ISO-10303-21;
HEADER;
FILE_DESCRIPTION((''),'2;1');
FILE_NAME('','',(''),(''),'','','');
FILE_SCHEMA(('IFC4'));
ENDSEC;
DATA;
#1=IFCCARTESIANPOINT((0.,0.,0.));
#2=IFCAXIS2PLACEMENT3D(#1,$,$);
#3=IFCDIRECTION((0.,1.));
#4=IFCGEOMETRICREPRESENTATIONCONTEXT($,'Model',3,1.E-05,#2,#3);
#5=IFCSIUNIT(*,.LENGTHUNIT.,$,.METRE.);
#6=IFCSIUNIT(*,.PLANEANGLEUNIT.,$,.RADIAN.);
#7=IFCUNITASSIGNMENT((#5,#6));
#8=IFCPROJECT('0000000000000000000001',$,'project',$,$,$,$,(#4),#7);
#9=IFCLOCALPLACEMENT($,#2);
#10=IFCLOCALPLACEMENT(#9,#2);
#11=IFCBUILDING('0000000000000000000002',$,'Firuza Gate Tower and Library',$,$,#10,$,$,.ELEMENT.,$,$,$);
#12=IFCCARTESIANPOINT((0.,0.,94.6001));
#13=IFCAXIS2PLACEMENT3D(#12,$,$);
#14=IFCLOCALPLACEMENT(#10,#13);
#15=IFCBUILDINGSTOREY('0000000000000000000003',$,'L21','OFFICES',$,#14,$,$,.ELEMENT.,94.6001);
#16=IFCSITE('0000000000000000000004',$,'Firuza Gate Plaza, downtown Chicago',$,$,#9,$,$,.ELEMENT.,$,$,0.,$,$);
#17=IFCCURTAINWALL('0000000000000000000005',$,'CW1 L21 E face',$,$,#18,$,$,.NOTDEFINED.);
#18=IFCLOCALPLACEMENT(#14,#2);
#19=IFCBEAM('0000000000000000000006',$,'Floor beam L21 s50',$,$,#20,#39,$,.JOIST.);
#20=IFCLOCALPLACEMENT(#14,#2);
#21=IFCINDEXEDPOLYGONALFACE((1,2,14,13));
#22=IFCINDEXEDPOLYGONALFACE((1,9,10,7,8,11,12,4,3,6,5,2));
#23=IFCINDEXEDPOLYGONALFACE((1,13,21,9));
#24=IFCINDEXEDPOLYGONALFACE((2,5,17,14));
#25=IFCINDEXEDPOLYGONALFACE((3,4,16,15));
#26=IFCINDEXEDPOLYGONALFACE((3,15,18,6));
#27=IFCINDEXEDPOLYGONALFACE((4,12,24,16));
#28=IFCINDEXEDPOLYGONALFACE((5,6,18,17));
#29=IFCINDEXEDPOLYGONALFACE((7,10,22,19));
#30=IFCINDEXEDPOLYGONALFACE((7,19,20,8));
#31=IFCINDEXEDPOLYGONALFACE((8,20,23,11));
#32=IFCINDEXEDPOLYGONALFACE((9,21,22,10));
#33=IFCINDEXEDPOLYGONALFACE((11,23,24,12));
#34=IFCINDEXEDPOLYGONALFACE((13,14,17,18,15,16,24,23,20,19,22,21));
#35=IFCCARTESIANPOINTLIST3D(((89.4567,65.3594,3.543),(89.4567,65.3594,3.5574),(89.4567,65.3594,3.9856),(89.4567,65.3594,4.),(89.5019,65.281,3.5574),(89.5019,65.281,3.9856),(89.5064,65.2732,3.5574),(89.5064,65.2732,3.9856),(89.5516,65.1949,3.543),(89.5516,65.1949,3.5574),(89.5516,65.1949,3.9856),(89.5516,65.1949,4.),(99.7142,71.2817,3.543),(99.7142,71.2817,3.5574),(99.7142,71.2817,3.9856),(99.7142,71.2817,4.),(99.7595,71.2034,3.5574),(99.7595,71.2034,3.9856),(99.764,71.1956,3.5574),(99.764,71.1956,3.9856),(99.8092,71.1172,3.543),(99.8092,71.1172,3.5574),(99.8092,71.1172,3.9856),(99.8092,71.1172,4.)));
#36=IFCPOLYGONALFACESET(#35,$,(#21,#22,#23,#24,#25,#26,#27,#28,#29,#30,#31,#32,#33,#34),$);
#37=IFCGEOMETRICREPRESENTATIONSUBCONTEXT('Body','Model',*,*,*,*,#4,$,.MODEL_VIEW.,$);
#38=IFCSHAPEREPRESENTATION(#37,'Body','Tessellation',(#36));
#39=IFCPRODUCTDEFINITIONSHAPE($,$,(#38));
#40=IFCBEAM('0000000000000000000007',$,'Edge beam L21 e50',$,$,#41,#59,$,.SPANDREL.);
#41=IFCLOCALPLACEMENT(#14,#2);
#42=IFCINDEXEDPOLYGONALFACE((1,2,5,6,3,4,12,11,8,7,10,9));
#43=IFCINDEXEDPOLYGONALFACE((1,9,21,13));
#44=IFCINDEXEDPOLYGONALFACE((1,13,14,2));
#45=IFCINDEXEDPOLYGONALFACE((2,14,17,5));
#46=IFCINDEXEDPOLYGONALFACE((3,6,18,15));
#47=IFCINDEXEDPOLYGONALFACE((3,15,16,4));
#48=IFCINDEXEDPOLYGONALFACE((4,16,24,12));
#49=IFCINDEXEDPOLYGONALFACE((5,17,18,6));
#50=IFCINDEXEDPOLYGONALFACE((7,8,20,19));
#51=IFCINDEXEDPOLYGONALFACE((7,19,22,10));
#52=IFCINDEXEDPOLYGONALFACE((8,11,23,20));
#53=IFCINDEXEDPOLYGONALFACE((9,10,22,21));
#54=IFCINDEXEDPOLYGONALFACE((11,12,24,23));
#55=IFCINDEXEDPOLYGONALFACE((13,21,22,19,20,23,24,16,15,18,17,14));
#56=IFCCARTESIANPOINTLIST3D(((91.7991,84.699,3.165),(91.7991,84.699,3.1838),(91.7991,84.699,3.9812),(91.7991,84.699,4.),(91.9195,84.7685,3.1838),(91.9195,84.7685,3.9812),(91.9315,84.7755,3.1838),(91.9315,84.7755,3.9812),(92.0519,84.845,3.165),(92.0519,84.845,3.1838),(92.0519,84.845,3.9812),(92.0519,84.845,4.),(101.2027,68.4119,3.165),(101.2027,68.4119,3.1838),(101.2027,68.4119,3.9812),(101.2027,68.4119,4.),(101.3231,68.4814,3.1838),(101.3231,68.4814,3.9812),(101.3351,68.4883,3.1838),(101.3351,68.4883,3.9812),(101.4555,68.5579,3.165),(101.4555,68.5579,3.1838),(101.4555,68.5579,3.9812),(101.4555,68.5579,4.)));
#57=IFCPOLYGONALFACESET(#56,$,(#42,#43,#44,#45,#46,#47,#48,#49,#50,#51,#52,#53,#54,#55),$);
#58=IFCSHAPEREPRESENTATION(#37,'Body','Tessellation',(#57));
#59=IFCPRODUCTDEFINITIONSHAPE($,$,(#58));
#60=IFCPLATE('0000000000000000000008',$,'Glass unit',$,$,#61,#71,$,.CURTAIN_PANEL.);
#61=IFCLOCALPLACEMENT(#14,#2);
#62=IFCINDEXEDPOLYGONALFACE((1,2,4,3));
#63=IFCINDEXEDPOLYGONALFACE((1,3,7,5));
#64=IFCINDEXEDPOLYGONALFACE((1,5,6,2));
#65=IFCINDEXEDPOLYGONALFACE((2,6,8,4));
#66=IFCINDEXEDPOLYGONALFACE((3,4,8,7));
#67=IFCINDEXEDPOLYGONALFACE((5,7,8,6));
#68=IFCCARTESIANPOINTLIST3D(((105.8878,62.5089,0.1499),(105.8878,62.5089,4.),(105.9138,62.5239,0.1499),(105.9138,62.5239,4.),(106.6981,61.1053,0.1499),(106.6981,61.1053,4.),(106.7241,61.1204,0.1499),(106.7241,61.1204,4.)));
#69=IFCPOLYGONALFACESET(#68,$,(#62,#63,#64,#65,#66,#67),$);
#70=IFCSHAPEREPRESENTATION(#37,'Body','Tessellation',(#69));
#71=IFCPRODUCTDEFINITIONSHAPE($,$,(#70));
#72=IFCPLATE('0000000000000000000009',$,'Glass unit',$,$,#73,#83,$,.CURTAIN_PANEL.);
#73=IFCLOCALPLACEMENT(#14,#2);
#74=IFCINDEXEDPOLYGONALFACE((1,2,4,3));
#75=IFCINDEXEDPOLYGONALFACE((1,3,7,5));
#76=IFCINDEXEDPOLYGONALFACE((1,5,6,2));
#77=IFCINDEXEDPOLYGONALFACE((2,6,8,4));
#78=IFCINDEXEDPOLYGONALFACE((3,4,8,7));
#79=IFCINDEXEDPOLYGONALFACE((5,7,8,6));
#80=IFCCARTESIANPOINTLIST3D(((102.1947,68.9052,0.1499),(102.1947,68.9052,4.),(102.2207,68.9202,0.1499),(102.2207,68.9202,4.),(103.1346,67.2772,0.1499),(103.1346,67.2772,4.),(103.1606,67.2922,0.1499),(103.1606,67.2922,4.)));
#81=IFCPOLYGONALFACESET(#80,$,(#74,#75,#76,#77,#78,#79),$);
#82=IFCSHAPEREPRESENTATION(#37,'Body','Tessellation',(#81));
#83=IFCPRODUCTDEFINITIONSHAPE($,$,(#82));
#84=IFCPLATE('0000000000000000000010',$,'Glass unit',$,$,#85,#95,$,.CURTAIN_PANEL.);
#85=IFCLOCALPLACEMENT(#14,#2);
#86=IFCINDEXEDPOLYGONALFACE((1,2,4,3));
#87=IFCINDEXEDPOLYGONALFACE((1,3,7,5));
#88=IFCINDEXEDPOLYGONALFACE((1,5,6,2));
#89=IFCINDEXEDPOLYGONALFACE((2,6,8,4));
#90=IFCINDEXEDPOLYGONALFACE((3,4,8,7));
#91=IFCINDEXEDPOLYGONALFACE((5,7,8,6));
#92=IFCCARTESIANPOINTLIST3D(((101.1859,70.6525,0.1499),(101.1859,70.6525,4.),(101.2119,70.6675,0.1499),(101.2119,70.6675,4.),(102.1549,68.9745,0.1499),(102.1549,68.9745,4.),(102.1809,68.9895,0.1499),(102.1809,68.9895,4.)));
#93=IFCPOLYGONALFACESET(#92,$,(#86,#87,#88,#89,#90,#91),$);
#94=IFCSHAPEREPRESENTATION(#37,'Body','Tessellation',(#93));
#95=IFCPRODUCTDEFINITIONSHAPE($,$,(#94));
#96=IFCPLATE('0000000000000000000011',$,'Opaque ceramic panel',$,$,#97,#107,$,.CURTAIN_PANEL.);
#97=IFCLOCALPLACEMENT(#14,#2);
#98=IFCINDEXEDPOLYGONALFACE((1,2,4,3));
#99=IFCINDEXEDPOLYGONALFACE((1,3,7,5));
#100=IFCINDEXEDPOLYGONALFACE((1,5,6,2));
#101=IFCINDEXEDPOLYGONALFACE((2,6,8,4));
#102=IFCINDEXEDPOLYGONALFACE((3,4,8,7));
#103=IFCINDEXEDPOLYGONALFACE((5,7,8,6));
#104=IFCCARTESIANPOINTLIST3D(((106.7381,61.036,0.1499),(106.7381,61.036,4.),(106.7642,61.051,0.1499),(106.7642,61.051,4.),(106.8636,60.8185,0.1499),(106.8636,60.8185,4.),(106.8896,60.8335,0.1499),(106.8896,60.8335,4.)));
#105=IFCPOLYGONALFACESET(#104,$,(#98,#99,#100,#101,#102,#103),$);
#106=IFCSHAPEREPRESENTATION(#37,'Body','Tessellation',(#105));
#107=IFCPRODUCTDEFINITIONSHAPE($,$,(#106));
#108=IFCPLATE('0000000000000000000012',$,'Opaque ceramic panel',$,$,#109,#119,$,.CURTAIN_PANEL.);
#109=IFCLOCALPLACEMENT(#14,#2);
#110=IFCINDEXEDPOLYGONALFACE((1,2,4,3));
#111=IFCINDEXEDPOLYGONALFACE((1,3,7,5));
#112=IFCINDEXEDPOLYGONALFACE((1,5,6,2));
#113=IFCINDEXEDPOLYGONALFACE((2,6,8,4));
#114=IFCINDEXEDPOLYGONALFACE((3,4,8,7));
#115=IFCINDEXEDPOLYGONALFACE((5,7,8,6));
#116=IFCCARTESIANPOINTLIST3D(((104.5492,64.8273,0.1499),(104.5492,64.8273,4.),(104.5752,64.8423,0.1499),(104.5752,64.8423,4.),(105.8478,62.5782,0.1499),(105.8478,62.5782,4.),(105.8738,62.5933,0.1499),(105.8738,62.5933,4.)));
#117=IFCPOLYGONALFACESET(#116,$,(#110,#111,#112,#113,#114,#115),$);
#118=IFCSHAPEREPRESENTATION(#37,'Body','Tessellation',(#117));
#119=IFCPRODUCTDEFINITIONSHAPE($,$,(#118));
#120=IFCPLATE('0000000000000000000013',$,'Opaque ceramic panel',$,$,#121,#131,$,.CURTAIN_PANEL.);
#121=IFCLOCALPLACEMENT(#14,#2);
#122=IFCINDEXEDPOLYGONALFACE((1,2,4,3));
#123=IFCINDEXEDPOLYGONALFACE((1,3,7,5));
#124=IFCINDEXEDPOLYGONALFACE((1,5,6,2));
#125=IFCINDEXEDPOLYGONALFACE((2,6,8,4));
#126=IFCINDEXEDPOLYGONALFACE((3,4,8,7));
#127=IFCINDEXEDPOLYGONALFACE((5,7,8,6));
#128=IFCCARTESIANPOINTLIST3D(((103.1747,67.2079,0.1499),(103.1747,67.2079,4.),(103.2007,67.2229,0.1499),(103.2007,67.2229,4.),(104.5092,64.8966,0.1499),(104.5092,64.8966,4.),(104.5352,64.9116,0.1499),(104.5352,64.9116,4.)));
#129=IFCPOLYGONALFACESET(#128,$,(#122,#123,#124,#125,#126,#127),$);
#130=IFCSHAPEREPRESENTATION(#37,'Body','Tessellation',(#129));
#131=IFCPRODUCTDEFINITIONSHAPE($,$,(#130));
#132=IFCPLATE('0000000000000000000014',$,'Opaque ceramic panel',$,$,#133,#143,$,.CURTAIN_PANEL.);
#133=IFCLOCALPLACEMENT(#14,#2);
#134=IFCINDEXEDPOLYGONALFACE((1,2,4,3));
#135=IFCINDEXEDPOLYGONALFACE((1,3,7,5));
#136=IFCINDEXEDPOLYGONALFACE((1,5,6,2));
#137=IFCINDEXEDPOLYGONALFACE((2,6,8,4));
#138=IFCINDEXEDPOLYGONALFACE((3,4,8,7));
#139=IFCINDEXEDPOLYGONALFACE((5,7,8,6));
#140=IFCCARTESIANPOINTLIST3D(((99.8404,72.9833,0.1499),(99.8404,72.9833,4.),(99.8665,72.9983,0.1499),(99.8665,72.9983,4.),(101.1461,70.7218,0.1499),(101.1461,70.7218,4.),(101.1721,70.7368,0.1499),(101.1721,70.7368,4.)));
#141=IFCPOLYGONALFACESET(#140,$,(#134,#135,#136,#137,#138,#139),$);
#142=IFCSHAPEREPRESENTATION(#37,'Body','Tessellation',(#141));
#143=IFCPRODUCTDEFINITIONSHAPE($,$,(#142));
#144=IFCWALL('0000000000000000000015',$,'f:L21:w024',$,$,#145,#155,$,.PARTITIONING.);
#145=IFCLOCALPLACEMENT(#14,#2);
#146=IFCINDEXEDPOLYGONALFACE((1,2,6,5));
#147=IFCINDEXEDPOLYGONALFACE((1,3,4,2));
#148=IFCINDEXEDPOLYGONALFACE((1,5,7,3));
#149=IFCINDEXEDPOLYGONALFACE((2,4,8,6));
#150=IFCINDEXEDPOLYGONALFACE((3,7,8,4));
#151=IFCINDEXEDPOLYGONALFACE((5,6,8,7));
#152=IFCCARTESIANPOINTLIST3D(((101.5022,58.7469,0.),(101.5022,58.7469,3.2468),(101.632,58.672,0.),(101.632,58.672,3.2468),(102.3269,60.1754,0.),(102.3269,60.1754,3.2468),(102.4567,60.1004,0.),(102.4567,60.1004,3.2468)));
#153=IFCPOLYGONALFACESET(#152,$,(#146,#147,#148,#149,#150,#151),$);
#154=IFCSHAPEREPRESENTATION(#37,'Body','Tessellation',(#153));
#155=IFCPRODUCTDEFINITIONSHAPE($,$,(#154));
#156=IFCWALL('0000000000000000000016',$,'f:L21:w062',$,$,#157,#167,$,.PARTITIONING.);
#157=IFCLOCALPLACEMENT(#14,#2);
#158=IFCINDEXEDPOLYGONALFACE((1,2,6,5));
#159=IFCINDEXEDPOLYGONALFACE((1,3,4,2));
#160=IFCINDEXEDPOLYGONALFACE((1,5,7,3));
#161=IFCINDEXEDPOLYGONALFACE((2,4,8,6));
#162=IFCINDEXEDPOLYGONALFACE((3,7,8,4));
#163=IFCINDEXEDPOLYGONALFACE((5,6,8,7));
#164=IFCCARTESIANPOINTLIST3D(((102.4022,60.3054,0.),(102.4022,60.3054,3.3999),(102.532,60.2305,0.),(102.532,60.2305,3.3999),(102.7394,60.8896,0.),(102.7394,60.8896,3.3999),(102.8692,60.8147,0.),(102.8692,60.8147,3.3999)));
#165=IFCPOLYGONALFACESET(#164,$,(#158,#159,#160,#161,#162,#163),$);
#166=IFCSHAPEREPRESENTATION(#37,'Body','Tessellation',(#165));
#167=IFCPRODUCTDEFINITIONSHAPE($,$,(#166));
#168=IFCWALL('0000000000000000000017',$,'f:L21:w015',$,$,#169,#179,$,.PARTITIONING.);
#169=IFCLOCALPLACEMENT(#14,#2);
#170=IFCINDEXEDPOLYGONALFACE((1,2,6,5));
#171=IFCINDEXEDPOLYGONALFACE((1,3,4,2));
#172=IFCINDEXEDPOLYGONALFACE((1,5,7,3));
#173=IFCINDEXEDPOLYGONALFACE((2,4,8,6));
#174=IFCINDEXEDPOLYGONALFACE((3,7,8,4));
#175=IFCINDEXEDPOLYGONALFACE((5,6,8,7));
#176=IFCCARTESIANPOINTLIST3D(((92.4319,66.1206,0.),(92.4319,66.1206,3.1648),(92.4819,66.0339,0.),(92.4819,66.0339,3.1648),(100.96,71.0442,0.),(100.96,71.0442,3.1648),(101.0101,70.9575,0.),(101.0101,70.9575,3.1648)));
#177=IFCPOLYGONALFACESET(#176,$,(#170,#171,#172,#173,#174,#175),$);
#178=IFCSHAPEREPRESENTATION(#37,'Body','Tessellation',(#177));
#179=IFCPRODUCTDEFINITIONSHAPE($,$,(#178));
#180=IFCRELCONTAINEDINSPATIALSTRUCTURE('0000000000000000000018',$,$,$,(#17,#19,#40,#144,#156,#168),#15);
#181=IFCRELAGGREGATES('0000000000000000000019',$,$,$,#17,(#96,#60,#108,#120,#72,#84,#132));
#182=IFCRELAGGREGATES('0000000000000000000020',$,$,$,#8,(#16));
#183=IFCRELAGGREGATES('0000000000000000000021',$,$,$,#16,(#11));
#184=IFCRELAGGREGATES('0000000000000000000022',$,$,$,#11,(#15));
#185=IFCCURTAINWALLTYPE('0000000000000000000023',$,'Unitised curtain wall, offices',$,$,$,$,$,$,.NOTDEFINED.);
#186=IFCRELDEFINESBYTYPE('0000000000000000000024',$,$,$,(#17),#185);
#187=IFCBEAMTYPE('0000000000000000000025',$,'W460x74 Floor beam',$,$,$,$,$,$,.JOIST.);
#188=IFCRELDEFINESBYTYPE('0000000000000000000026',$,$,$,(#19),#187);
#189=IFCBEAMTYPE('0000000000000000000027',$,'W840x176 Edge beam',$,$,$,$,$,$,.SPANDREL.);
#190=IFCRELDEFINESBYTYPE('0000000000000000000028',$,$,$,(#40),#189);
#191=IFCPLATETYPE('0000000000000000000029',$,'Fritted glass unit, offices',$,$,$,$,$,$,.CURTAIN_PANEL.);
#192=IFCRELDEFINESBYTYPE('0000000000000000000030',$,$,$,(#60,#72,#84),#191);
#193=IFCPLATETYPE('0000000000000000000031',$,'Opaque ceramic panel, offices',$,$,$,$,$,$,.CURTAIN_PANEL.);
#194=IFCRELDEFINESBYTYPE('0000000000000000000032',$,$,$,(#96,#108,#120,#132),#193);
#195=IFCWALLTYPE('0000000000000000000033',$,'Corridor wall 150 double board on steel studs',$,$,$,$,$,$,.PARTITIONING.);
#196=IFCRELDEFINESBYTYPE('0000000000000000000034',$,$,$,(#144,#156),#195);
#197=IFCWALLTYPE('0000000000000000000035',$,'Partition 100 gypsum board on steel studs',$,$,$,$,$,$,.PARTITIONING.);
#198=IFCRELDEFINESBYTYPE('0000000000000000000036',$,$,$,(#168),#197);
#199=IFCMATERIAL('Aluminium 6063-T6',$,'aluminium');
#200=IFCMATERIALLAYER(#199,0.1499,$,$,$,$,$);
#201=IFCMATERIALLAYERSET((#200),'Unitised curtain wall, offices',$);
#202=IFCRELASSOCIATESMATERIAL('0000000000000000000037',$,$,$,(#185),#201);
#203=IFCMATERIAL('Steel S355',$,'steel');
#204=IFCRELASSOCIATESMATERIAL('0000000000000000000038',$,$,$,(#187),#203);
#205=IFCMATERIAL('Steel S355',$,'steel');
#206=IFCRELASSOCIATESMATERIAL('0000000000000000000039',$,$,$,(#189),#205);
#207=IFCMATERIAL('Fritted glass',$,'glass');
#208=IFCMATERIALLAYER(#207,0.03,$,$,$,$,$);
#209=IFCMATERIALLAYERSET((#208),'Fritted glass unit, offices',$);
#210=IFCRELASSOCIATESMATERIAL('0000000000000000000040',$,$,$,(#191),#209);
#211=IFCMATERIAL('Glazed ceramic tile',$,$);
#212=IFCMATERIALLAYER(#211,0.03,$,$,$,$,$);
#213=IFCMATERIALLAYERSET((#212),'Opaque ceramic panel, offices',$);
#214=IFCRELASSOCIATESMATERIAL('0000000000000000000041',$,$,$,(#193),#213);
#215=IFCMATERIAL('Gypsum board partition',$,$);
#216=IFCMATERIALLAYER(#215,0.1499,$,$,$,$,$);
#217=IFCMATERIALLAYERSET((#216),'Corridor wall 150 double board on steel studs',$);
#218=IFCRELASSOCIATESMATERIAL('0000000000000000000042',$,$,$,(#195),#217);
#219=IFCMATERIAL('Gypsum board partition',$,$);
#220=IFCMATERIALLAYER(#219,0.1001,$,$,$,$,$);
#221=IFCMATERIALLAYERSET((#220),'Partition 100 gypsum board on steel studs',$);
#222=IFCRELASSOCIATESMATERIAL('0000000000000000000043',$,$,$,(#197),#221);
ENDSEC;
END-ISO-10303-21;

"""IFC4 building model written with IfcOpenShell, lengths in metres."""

from ifc_helpers import new_model, si_unit, direction, frame, frame_2d, origin, origin_2d, place, context, subcontext, project, spatial, polyline, rectangle, i_section, outline, extrude, material, layer, layer_set, material_profile, profile_set, type_object, element, aggregate, save


model = new_model("IFC4")

# Units and contexts
model_context = context("Model", 3, precision=1e-05, world=origin(), true_north=direction((0.0, 1.0)))
body_context = subcontext(model_context, "Body", "Model", "MODEL_VIEW")
ifc_project = project(units=[si_unit("LENGTHUNIT", "METRE"), si_unit("PLANEANGLEUNIT", "RADIAN")], contexts=[model_context])

# Site, building, storey
site_placement = place(None, origin())
site = spatial("IfcSite", under=ifc_project, at=site_placement, Name="Firuza Gate Plaza, downtown Chicago", CompositionType="ELEMENT", RefElevation=0.0)
building_placement = place(site_placement, origin())
building = spatial("IfcBuilding", under=site, at=building_placement, Name="Firuza Gate Tower and Library", CompositionType="ELEMENT")
storey_placement = place(building_placement, frame((0.0, 0.0, 94.6001)))
storey = spatial("IfcBuildingStorey", under=building, at=storey_placement, Name="L21", Description="OFFICES", CompositionType="ELEMENT", Elevation=94.6001)

# Curtain wall
ifc_material_1 = material(Name="Aluminium 6063-T6", Category="aluminium")
ifc_layer_1 = layer(ifc_material_1, 0.1499)
ifc_layer_set_1 = layer_set([ifc_layer_1], Name="Unitised curtain wall, offices")
curtain_wall_type = type_object("IfcCurtainWallType", Name="Unitised curtain wall, offices", PredefinedType="NOTDEFINED", material=ifc_layer_set_1)
curtain_wall_placement = place(storey_placement, origin())
curtain_wall = element("IfcCurtainWall", 1, at=curtain_wall_placement, inside=storey, type_object=curtain_wall_type, Name="CW1 L21 E face", PredefinedType="NOTDEFINED")

# Beams
ifc_material_2 = material(Name="Steel S355", Category="steel")
ifc_material_profile_1 = material_profile(ifc_material_2, i_section(OverallWidth=0.1899, OverallDepth=0.457, WebThickness=0.009, FlangeThickness=0.0144, at=origin_2d()))
ifc_profile_set_1 = profile_set([ifc_material_profile_1], Name="Steel S355")
beam_type_1 = type_object("IfcBeamType", Name="W460x74 Floor beam", PredefinedType="JOIST", material=ifc_profile_set_1)
beam_1_placement = place(storey_placement, frame((99.7617, 71.1995, 3.7715), z_axis=(-0.86602, -0.50001, 0.0), x_axis=(0.50001, -0.86602, 0.0)))
element("IfcBeam", 2, at=beam_1_placement, inside=storey, type_object=beam_type_1, Name="Floor beam L21 s50", PredefinedType="JOIST", context=body_context, shape_type="SweptSolid", body=[
    extrude(i_section(OverallWidth=0.1899, OverallDepth=0.457, WebThickness=0.009, FlangeThickness=0.0144, at=origin_2d()), origin(), (0.0, 0.0, 1.0), 11.8445),
])
ifc_material_3 = material(Name="Steel S355", Category="steel")
ifc_material_profile_2 = material_profile(ifc_material_3, i_section(OverallWidth=0.292, OverallDepth=0.835, WebThickness=0.0139, FlangeThickness=0.0188, at=origin_2d()))
ifc_profile_set_2 = profile_set([ifc_material_profile_2], Name="Steel S355")
beam_type_2 = type_object("IfcBeamType", Name="W840x176 Edge beam", PredefinedType="SPANDREL", material=ifc_profile_set_2)
beam_2_placement = place(storey_placement, frame((101.3291, 68.4849, 3.5825), z_axis=(-0.500008, 0.866021, 0.0), x_axis=(-0.866021, -0.500008, 0.0)))
element("IfcBeam", 3, at=beam_2_placement, inside=storey, type_object=beam_type_2, Name="Edge beam L21 e50", PredefinedType="SPANDREL", context=body_context, shape_type="SweptSolid", body=[
    extrude(i_section(OverallWidth=0.292, OverallDepth=0.835, WebThickness=0.0139, FlangeThickness=0.0188, at=origin_2d()), origin(), (0.0, 0.0, 1.0), 18.8069),
])

# Plates
ifc_material_4 = material(Name="Fritted glass", Category="glass")
ifc_layer_2 = layer(ifc_material_4, 0.03)
ifc_layer_set_2 = layer_set([ifc_layer_2], Name="Fritted glass unit, offices")
plate_type_1 = type_object("IfcPlateType", Name="Fritted glass unit, offices", PredefinedType="CURTAIN_PANEL", material=ifc_layer_set_2)
plate_1_placement = place(storey_placement, frame((106.7241, 61.1204, 0.1499), z_axis=(0.866038, 0.499979, 0.0), x_axis=(-0.499979, 0.866038, 0.0)))
plate_1 = element("IfcPlate", 4, at=plate_1_placement, type_object=plate_type_1, Name="Glass unit", PredefinedType="CURTAIN_PANEL", context=body_context, shape_type="SweptSolid", body=[
    extrude(outline(polyline([(0.0, 0.0), (1.6207, 0.0), (1.6207, 3.8501), (0.0, 3.8501), (0.0, 0.0)])), origin(), (0.0, 0.0, -1.0), 0.03),
])
plate_2_placement = place(storey_placement, frame((103.1606, 67.2922, 0.1499), z_axis=(0.866013, 0.500022, 0.0), x_axis=(-0.500022, 0.866013, 0.0)))
plate_2 = element("IfcPlate", 5, at=plate_2_placement, type_object=plate_type_1, Name="Glass unit", PredefinedType="CURTAIN_PANEL", context=body_context, shape_type="SweptSolid", body=[
    extrude(outline(polyline([(0.0, 0.0), (1.8798, 0.0), (1.8798, 3.8501), (0.0, 3.8501), (0.0, 0.0)])), origin(), (0.0, 0.0, -1.0), 0.03),
])
plate_3_placement = place(storey_placement, frame((102.1809, 68.9895, 0.1499), z_axis=(0.865978, 0.500082, 0.0), x_axis=(-0.500082, 0.865978, 0.0)))
plate_3 = element("IfcPlate", 6, at=plate_3_placement, type_object=plate_type_1, Name="Glass unit", PredefinedType="CURTAIN_PANEL", context=body_context, shape_type="SweptSolid", body=[
    extrude(outline(polyline([(0.0, 0.0), (1.9377, 0.0), (1.9377, 3.8501), (0.0, 3.8501), (0.0, 0.0)])), origin(), (0.0, 0.0, -1.0), 0.03),
])
ifc_material_5 = material(Name="Glazed ceramic tile")
ifc_layer_3 = layer(ifc_material_5, 0.03)
ifc_layer_set_3 = layer_set([ifc_layer_3], Name="Opaque ceramic panel, offices")
plate_type_2 = type_object("IfcPlateType", Name="Opaque ceramic panel, offices", PredefinedType="CURTAIN_PANEL", material=ifc_layer_set_3)
plate_4_placement = place(storey_placement, frame((106.8896, 60.8335, 0.1499), z_axis=(0.866202, 0.499694, 0.0), x_axis=(-0.499694, 0.866202, 0.0)))
plate_4 = element("IfcPlate", 7, at=plate_4_placement, type_object=plate_type_2, Name="Opaque ceramic panel", PredefinedType="CURTAIN_PANEL", context=body_context, shape_type="SweptSolid", body=[
    extrude(outline(polyline([(0.0, 0.0), (0.2511, 0.0), (0.2511, 3.8501), (0.0, 3.8501), (0.0, 0.0)])), origin(), (0.0, 0.0, -1.0), 0.03),
])
plate_5_placement = place(storey_placement, frame((105.8738, 62.5933, 0.1499), z_axis=(0.866007, 0.500032, 0.0), x_axis=(-0.500032, 0.866007, 0.0)))
plate_5 = element("IfcPlate", 8, at=plate_5_placement, type_object=plate_type_2, Name="Opaque ceramic panel", PredefinedType="CURTAIN_PANEL", context=body_context, shape_type="SweptSolid", body=[
    extrude(outline(polyline([(0.0, 0.0), (2.597, 0.0), (2.597, 3.8501), (0.0, 3.8501), (0.0, 0.0)])), origin(), (0.0, 0.0, -1.0), 0.03),
])
plate_6_placement = place(storey_placement, frame((104.5352, 64.9116, 0.1499), z_axis=(0.866016, 0.500015, 0.0), x_axis=(-0.500015, 0.866016, 0.0)))
plate_6 = element("IfcPlate", 9, at=plate_6_placement, type_object=plate_type_2, Name="Opaque ceramic panel", PredefinedType="CURTAIN_PANEL", context=body_context, shape_type="SweptSolid", body=[
    extrude(outline(polyline([(0.0, 0.0), (2.6689, 0.0), (2.6689, 3.8501), (0.0, 3.8501), (0.0, 0.0)])), origin(), (0.0, 0.0, -1.0), 0.03),
])
plate_7_placement = place(storey_placement, frame((101.1721, 70.7368, 0.1499), z_axis=(0.866025, 0.5, 0.0), x_axis=(-0.5, 0.866025, 0.0)))
plate_7 = element("IfcPlate", 10, at=plate_7_placement, type_object=plate_type_2, Name="Opaque ceramic panel", PredefinedType="CURTAIN_PANEL", context=body_context, shape_type="SweptSolid", body=[
    extrude(outline(polyline([(0.0, 0.0), (2.6113, 0.0), (2.6113, 3.8501), (0.0, 3.8501), (0.0, 0.0)])), origin(), (0.0, 0.0, -1.0), 0.03),
])
aggregate(curtain_wall, [plate_4, plate_1, plate_5, plate_6, plate_2, plate_3, plate_7])

# Walls
ifc_material_6 = material(Name="Gypsum board partition")
ifc_layer_4 = layer(ifc_material_6, 0.1499)
ifc_layer_set_4 = layer_set([ifc_layer_4], Name="Corridor wall 150 double board on steel studs")
wall_type_1 = type_object("IfcWallType", Name="Corridor wall 150 double board on steel studs", PredefinedType="PARTITIONING", material=ifc_layer_set_4)
wall_1_placement = place(storey_placement, frame((101.5671, 58.7095, 0.0), z_axis=(0.0, 0.0, 1.0), x_axis=(0.499992, 0.86603, 0.0)))
element("IfcWall", 11, at=wall_1_placement, inside=storey, type_object=wall_type_1, Name="f:L21:w024", PredefinedType="PARTITIONING", context=body_context, shape_type="SweptSolid", body=[
    extrude(rectangle(XDim=1.6494, YDim=0.1499, at=frame_2d((0.8247, 0.0))), origin(), (0.0, 0.0, 1.0), 3.2468),
])
wall_2_placement = place(storey_placement, frame((102.467, 60.2678, 0.0), z_axis=(0.0, 0.0, 1.0), x_axis=(0.499837, 0.866119, 0.0)))
element("IfcWall", 12, at=wall_2_placement, inside=storey, type_object=wall_type_1, Name="f:L21:w062", PredefinedType="PARTITIONING", context=body_context, shape_type="SweptSolid", body=[
    extrude(rectangle(XDim=0.6746, YDim=0.1499, at=frame_2d((0.3374, 0.0))), origin(), (0.0, 0.0, 1.0), 3.3999),
])
ifc_material_7 = material(Name="Gypsum board partition")
ifc_layer_5 = layer(ifc_material_7, 0.1001)
ifc_layer_set_5 = layer_set([ifc_layer_5], Name="Partition 100 gypsum board on steel studs")
wall_type_2 = type_object("IfcWallType", Name="Partition 100 gypsum board on steel studs", PredefinedType="PARTITIONING", material=ifc_layer_set_5)
wall_3_placement = place(storey_placement, frame((92.4568, 66.0771, 0.0), z_axis=(0.0, 0.0, 1.0), x_axis=(0.86603, 0.499992, 0.0)))
element("IfcWall", 13, at=wall_3_placement, inside=storey, type_object=wall_type_2, Name="f:L21:w015", PredefinedType="PARTITIONING", context=body_context, shape_type="SweptSolid", body=[
    extrude(rectangle(XDim=9.8474, YDim=0.1001, at=frame_2d((4.9238, 0.0))), origin(), (0.0, 0.0, 1.0), 3.1648),
])

save(model, "model.ifc")
